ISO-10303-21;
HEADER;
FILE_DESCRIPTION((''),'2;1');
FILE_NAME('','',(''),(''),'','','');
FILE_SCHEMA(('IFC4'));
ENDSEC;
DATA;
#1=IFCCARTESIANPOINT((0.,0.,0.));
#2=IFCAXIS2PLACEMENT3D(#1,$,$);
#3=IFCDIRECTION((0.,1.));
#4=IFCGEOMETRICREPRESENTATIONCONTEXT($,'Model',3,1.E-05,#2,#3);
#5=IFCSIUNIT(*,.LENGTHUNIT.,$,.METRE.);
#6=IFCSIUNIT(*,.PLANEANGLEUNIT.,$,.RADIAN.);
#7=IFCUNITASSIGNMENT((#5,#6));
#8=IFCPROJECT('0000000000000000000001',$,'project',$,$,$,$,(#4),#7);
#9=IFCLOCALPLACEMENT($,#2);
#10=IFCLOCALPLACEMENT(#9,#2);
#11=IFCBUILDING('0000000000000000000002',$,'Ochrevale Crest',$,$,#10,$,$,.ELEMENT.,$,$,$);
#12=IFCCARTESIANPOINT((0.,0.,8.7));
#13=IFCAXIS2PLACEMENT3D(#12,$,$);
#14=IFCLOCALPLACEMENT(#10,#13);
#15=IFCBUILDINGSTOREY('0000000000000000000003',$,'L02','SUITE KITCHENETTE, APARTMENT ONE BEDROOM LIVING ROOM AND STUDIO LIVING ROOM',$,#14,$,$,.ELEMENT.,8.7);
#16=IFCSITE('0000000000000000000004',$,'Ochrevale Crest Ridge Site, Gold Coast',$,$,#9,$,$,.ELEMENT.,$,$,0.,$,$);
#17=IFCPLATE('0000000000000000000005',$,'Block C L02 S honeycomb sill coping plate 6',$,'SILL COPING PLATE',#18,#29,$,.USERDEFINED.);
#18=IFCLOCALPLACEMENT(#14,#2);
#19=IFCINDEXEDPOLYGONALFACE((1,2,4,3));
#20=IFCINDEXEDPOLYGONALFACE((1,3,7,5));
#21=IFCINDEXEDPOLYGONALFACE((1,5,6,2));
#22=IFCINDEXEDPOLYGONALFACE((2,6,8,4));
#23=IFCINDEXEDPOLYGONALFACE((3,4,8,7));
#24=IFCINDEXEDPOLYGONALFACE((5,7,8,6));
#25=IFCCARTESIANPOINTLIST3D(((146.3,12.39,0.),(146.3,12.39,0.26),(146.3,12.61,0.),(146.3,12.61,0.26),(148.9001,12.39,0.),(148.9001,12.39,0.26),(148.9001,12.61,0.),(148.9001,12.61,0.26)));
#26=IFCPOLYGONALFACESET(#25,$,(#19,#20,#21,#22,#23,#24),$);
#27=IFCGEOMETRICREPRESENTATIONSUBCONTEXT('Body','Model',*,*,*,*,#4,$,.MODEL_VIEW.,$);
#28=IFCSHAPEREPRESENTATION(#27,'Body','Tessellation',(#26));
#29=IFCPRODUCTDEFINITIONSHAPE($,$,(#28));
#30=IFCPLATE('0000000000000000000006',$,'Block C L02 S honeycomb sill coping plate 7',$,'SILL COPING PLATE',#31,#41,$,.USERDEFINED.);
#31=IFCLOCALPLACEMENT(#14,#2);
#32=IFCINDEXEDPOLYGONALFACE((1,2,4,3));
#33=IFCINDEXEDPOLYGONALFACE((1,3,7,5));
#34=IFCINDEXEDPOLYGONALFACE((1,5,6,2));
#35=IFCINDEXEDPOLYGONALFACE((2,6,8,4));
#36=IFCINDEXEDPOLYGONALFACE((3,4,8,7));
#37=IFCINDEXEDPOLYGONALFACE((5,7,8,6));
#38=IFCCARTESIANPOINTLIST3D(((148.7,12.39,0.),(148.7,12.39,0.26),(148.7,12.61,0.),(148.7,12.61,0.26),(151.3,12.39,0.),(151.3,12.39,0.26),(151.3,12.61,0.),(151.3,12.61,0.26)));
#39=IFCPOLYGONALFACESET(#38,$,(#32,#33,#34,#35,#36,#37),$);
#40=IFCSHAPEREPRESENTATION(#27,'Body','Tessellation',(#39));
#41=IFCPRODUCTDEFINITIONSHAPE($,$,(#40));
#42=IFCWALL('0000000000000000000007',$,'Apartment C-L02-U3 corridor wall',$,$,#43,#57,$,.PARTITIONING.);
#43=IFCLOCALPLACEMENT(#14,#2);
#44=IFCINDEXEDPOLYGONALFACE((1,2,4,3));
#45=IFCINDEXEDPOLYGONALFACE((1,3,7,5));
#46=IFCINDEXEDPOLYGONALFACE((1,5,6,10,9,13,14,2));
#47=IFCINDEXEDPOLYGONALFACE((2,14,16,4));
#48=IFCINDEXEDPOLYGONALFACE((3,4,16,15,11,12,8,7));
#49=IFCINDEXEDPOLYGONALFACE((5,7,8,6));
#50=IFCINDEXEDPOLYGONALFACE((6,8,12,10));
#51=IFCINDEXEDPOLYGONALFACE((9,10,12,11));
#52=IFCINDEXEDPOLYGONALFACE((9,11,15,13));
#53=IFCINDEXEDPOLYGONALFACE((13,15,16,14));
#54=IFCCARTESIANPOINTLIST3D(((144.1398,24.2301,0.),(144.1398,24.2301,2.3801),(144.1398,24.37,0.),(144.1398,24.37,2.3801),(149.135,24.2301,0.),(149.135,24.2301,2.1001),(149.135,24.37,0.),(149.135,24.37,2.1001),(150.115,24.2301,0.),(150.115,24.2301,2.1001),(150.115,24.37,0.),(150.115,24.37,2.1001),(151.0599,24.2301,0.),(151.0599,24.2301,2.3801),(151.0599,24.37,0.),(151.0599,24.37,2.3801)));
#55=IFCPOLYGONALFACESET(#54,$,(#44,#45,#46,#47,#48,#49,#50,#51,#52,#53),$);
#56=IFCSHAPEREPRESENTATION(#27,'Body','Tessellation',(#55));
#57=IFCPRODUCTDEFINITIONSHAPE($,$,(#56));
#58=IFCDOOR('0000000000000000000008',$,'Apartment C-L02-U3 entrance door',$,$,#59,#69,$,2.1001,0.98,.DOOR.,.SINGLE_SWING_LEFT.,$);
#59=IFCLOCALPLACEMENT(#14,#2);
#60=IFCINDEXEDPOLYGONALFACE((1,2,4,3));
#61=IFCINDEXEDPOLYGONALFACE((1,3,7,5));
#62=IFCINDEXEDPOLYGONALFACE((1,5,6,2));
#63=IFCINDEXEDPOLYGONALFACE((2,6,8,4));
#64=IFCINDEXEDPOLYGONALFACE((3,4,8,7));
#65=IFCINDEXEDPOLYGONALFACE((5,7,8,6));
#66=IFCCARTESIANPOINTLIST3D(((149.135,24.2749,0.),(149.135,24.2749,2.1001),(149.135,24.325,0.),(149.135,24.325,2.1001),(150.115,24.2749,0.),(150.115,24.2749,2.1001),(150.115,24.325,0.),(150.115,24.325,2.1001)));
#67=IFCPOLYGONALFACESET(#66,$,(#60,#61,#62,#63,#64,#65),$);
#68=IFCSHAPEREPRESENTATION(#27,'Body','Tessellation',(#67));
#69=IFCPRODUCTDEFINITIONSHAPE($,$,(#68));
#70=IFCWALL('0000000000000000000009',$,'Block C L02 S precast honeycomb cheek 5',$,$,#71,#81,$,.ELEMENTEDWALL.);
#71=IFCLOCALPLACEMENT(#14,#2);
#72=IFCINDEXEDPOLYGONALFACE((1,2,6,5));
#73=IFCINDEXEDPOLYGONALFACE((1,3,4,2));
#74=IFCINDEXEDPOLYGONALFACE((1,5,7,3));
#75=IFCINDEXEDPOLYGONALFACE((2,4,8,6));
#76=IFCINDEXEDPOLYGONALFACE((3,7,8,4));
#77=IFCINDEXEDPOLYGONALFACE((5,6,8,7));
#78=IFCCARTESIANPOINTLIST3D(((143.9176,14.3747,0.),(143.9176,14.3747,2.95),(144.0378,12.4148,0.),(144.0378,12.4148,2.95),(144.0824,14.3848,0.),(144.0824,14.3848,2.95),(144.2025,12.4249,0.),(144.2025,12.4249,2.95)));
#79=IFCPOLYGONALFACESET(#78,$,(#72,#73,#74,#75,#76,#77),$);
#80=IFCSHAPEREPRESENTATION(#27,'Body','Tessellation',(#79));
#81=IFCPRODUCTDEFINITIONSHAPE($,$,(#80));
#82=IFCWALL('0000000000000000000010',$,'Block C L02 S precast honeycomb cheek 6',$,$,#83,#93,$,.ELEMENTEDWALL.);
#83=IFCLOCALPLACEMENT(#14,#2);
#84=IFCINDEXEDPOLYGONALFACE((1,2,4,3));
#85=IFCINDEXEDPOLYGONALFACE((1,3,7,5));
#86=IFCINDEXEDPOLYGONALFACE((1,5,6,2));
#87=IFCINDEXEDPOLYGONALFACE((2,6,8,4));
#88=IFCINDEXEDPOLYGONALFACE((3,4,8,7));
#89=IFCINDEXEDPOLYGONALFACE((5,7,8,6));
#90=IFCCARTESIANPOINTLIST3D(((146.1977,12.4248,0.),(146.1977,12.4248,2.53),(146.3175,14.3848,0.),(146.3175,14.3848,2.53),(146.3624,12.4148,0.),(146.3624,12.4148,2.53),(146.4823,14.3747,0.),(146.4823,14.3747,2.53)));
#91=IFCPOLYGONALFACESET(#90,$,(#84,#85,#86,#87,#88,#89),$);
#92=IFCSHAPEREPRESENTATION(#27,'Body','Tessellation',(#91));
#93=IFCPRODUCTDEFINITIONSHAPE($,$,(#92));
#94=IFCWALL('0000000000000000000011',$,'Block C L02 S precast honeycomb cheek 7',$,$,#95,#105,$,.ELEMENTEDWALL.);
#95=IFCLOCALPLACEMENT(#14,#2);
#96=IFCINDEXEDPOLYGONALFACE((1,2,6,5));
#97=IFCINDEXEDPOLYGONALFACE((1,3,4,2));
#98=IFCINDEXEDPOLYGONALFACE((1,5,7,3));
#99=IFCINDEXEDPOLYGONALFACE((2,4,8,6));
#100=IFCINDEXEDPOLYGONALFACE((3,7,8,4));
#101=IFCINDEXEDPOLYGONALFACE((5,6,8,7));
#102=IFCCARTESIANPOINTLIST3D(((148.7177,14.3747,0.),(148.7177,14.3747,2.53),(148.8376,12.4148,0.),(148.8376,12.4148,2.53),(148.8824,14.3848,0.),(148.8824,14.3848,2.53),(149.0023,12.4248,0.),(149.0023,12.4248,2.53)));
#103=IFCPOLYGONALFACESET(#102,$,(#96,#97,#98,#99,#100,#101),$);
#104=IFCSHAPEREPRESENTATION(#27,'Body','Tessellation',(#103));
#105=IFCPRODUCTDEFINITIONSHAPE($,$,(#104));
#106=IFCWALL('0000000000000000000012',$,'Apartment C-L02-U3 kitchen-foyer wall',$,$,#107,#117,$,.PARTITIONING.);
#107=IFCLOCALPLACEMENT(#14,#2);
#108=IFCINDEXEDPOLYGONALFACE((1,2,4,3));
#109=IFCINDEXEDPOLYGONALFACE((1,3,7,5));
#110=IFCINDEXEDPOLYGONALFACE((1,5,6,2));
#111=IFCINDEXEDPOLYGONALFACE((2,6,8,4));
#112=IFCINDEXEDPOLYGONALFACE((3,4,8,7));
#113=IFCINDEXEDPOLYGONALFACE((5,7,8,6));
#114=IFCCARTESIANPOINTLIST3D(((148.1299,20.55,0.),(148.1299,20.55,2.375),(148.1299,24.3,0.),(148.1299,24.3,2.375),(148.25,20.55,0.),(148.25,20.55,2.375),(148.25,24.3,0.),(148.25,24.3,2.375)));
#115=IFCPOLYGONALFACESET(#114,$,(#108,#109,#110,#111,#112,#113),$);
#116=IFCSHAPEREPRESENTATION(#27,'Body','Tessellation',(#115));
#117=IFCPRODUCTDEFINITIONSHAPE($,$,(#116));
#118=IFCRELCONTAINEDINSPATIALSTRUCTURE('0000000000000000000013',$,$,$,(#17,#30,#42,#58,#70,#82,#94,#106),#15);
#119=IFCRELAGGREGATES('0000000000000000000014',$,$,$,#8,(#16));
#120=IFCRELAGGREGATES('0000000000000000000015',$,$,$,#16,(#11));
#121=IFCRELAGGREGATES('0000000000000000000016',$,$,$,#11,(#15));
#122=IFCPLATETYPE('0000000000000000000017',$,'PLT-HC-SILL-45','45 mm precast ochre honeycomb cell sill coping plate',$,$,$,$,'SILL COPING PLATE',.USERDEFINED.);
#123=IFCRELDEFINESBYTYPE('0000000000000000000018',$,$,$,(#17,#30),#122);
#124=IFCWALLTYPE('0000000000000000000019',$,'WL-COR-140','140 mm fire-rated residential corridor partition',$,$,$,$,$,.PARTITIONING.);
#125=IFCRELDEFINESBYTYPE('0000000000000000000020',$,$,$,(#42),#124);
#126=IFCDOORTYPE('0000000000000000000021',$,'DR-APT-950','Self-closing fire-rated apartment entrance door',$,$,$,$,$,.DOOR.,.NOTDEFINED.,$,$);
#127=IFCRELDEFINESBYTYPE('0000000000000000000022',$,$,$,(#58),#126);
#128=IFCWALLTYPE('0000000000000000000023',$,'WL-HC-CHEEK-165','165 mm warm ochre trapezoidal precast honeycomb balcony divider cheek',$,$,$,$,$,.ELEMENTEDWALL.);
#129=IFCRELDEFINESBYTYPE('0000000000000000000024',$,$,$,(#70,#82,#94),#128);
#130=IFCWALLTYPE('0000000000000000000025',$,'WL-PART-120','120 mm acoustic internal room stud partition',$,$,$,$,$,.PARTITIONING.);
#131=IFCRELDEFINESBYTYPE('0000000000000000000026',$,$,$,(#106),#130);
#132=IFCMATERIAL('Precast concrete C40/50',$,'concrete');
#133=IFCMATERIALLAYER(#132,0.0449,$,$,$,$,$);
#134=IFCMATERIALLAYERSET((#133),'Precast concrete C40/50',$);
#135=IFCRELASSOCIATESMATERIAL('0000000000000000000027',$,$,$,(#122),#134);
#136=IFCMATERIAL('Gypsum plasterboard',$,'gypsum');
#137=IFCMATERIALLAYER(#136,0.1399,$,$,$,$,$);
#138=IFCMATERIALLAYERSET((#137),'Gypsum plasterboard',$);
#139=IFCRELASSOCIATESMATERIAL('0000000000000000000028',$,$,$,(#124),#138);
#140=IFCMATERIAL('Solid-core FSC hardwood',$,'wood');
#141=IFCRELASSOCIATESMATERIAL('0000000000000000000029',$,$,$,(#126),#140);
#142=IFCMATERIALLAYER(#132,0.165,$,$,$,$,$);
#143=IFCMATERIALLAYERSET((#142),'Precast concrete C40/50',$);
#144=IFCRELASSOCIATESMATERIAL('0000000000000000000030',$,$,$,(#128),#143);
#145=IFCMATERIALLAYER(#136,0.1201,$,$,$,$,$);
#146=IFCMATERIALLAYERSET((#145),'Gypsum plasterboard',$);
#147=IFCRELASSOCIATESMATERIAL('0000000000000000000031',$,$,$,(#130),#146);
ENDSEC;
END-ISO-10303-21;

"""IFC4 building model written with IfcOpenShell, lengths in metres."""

from ifc_helpers import new_model, si_unit, direction, frame, frame_2d, origin, origin_2d, place, context, subcontext, project, spatial, rectangle, extrude, material, layer, layer_set, type_object, element, fill, save


model = new_model("IFC4")

# Units and contexts
model_context = context("Model", 3, precision=1e-05, world=origin(), true_north=direction((0.0, 1.0)))
body_context = subcontext(model_context, "Body", "Model", "MODEL_VIEW")
ifc_project = project(units=[si_unit("LENGTHUNIT", "METRE"), si_unit("PLANEANGLEUNIT", "RADIAN")], contexts=[model_context])

# Site, building, storey
site_placement = place(None, origin())
site = spatial("IfcSite", under=ifc_project, at=site_placement, Name="Ochrevale Crest Ridge Site, Gold Coast", CompositionType="ELEMENT", RefElevation=0.0)
building_placement = place(site_placement, origin())
building = spatial("IfcBuilding", under=site, at=building_placement, Name="Ochrevale Crest", CompositionType="ELEMENT")
storey_placement = place(building_placement, frame((0.0, 0.0, 8.7)))
storey = spatial("IfcBuildingStorey", under=building, at=storey_placement, Name="L02", Description="SUITE KITCHENETTE, APARTMENT ONE BEDROOM LIVING ROOM AND STUDIO LIVING ROOM", CompositionType="ELEMENT", Elevation=8.7)

# Shared definitions
ifc_material_1 = material(Name="Precast concrete C40/50", Category="concrete")

# Plates
ifc_layer_1 = layer(ifc_material_1, 0.0449)
ifc_layer_set_1 = layer_set([ifc_layer_1], Name="Precast concrete C40/50")
plate_type_1 = type_object("IfcPlateType", Name="PLT-HC-SILL-45", Description="45 mm precast ochre honeycomb cell sill coping plate", ElementType="SILL COPING PLATE", PredefinedType="USERDEFINED", material=ifc_layer_set_1)
for number, where, z_axis, x_axis, name in (
    (1, (147.6001, 12.5, 0.0), (0.0, 0.0, 1.0), (1.0, 0.0, 0.0), "Block C L02 S honeycomb sill coping plate 6"),
    (2, (150.0, 12.5, 0.0), (0.0, 0.0, 1.0), (1.0, 0.0, 0.0), "Block C L02 S honeycomb sill coping plate 7"),
):
    element("IfcPlate", number, at=place(storey_placement, frame(where, z_axis=z_axis, x_axis=x_axis)), inside=storey, type_object=plate_type_1, Name=name, ObjectType="SILL COPING PLATE", PredefinedType="USERDEFINED", context=body_context, shape_type="SweptSolid", body=[
        extrude(rectangle(XDim=2.6001, YDim=0.22, at=origin_2d()), origin(), (0.0, 0.0, 1.0), 0.26),
    ])

# Wall, opening, door
ifc_material_2 = material(Name="Gypsum plasterboard", Category="gypsum")
ifc_layer_2 = layer(ifc_material_2, 0.1399)
ifc_layer_set_2 = layer_set([ifc_layer_2], Name="Gypsum plasterboard")
wall_type_1 = type_object("IfcWallType", Name="WL-COR-140", Description="140 mm fire-rated residential corridor partition", PredefinedType="PARTITIONING", material=ifc_layer_set_2)
wall_1_placement = place(storey_placement, frame((144.1399, 24.3, 0.0), z_axis=(0.0, 0.0, 1.0), x_axis=(1.0, 0.0, 0.0)))
wall_1 = element("IfcWall", 3, at=wall_1_placement, inside=storey, type_object=wall_type_1, Name="Apartment C-L02-U3 corridor wall", PredefinedType="PARTITIONING", context=body_context, shape_type="SweptSolid", body=[
    extrude(rectangle(XDim=6.9202, YDim=0.1399, at=frame_2d((3.46, 0.0))), origin(), (0.0, 0.0, 1.0), 2.3801),
])
opening_1_placement = place(wall_1_placement, frame((4.9951, 0.0, 0.0)))
opening_1 = element("IfcOpeningElement", 4, at=opening_1_placement, cuts=wall_1, PredefinedType="OPENING", context=body_context, shape_type="SweptSolid", body=[
    extrude(rectangle(XDim=0.98, YDim=2.1001, at=frame_2d((0.49, 1.05))), frame((0.0, 0.0801, 0.0), z_axis=(0.0, -1.0, 0.0), x_axis=(1.0, 0.0, 0.0)), (0.0, 0.0, 1.0), 0.1599),
])
ifc_material_3 = material(Name="Solid-core FSC hardwood", Category="wood")
door_type_1 = type_object("IfcDoorType", Name="DR-APT-950", Description="Self-closing fire-rated apartment entrance door", OperationType="NOTDEFINED", PredefinedType="DOOR", material=ifc_material_3)
door_1_placement = place(opening_1_placement, origin())
door_1 = element("IfcDoor", 5, at=door_1_placement, inside=storey, type_object=door_type_1, Name="Apartment C-L02-U3 entrance door", OperationType="SINGLE_SWING_LEFT", OverallHeight=2.1001, OverallWidth=0.98, PredefinedType="DOOR", context=body_context, shape_type="SweptSolid", body=[
    extrude(rectangle(XDim=0.98, YDim=2.1001, at=frame_2d((0.49, 1.05))), frame((0.0, 0.0249, 0.0), z_axis=(0.0, -1.0, 0.0), x_axis=(1.0, 0.0, 0.0)), (0.0, 0.0, 1.0), 0.05),
])
fill(opening_1, door_1)

# Walls
ifc_layer_3 = layer(ifc_material_1, 0.165)
ifc_layer_set_3 = layer_set([ifc_layer_3], Name="Precast concrete C40/50")
wall_type_2 = type_object("IfcWallType", Name="WL-HC-CHEEK-165", Description="165 mm warm ochre trapezoidal precast honeycomb balcony divider cheek", PredefinedType="ELEMENTEDWALL", material=ifc_layer_set_3)
wall_2_placement = place(storey_placement, frame((144.0, 14.3799, 0.0), z_axis=(0.0, 0.0, 1.0), x_axis=(0.061171, -0.998127, 0.0)))
element("IfcWall", 6, at=wall_2_placement, inside=storey, type_object=wall_type_2, Name="Block C L02 S precast honeycomb cheek 5", PredefinedType="ELEMENTEDWALL", context=body_context, shape_type="SweptSolid", body=[
    extrude(rectangle(XDim=1.9636, YDim=0.165, at=frame_2d((0.9819, 0.0))), origin(), (0.0, 0.0, 1.0), 2.95),
])
for number, where, z_axis, x_axis, name in (
    (7, (146.3999, 14.3799, 0.0), (0.0, 0.0, 1.0), (-0.061047, -0.998135, 0.0), "Block C L02 S precast honeycomb cheek 6"),
    (8, (148.8, 14.3799, 0.0), (0.0, 0.0, 1.0), (0.061047, -0.998135, 0.0), "Block C L02 S precast honeycomb cheek 7"),
):
    element("IfcWall", number, at=place(storey_placement, frame(where, z_axis=z_axis, x_axis=x_axis)), inside=storey, type_object=wall_type_2, Name=name, PredefinedType="ELEMENTEDWALL", context=body_context, shape_type="SweptSolid", body=[
        extrude(rectangle(XDim=1.9636, YDim=0.165, at=frame_2d((0.9819, 0.0))), origin(), (0.0, 0.0, 1.0), 2.53),
    ])
ifc_layer_4 = layer(ifc_material_2, 0.1201)
ifc_layer_set_4 = layer_set([ifc_layer_4], Name="Gypsum plasterboard")
wall_type_3 = type_object("IfcWallType", Name="WL-PART-120", Description="120 mm acoustic internal room stud partition", PredefinedType="PARTITIONING", material=ifc_layer_set_4)
wall_3_placement = place(storey_placement, frame((148.1899, 20.55, 0.0), z_axis=(0.0, 0.0, 1.0), x_axis=(0.0, 1.0, 0.0)))
element("IfcWall", 9, at=wall_3_placement, inside=storey, type_object=wall_type_3, Name="Apartment C-L02-U3 kitchen-foyer wall", PredefinedType="PARTITIONING", context=body_context, shape_type="SweptSolid", body=[
    extrude(rectangle(XDim=3.75, YDim=0.1201, at=frame_2d((1.875, 0.0))), origin(), (0.0, 0.0, 1.0), 2.375),
])

save(model, "model.ifc")
